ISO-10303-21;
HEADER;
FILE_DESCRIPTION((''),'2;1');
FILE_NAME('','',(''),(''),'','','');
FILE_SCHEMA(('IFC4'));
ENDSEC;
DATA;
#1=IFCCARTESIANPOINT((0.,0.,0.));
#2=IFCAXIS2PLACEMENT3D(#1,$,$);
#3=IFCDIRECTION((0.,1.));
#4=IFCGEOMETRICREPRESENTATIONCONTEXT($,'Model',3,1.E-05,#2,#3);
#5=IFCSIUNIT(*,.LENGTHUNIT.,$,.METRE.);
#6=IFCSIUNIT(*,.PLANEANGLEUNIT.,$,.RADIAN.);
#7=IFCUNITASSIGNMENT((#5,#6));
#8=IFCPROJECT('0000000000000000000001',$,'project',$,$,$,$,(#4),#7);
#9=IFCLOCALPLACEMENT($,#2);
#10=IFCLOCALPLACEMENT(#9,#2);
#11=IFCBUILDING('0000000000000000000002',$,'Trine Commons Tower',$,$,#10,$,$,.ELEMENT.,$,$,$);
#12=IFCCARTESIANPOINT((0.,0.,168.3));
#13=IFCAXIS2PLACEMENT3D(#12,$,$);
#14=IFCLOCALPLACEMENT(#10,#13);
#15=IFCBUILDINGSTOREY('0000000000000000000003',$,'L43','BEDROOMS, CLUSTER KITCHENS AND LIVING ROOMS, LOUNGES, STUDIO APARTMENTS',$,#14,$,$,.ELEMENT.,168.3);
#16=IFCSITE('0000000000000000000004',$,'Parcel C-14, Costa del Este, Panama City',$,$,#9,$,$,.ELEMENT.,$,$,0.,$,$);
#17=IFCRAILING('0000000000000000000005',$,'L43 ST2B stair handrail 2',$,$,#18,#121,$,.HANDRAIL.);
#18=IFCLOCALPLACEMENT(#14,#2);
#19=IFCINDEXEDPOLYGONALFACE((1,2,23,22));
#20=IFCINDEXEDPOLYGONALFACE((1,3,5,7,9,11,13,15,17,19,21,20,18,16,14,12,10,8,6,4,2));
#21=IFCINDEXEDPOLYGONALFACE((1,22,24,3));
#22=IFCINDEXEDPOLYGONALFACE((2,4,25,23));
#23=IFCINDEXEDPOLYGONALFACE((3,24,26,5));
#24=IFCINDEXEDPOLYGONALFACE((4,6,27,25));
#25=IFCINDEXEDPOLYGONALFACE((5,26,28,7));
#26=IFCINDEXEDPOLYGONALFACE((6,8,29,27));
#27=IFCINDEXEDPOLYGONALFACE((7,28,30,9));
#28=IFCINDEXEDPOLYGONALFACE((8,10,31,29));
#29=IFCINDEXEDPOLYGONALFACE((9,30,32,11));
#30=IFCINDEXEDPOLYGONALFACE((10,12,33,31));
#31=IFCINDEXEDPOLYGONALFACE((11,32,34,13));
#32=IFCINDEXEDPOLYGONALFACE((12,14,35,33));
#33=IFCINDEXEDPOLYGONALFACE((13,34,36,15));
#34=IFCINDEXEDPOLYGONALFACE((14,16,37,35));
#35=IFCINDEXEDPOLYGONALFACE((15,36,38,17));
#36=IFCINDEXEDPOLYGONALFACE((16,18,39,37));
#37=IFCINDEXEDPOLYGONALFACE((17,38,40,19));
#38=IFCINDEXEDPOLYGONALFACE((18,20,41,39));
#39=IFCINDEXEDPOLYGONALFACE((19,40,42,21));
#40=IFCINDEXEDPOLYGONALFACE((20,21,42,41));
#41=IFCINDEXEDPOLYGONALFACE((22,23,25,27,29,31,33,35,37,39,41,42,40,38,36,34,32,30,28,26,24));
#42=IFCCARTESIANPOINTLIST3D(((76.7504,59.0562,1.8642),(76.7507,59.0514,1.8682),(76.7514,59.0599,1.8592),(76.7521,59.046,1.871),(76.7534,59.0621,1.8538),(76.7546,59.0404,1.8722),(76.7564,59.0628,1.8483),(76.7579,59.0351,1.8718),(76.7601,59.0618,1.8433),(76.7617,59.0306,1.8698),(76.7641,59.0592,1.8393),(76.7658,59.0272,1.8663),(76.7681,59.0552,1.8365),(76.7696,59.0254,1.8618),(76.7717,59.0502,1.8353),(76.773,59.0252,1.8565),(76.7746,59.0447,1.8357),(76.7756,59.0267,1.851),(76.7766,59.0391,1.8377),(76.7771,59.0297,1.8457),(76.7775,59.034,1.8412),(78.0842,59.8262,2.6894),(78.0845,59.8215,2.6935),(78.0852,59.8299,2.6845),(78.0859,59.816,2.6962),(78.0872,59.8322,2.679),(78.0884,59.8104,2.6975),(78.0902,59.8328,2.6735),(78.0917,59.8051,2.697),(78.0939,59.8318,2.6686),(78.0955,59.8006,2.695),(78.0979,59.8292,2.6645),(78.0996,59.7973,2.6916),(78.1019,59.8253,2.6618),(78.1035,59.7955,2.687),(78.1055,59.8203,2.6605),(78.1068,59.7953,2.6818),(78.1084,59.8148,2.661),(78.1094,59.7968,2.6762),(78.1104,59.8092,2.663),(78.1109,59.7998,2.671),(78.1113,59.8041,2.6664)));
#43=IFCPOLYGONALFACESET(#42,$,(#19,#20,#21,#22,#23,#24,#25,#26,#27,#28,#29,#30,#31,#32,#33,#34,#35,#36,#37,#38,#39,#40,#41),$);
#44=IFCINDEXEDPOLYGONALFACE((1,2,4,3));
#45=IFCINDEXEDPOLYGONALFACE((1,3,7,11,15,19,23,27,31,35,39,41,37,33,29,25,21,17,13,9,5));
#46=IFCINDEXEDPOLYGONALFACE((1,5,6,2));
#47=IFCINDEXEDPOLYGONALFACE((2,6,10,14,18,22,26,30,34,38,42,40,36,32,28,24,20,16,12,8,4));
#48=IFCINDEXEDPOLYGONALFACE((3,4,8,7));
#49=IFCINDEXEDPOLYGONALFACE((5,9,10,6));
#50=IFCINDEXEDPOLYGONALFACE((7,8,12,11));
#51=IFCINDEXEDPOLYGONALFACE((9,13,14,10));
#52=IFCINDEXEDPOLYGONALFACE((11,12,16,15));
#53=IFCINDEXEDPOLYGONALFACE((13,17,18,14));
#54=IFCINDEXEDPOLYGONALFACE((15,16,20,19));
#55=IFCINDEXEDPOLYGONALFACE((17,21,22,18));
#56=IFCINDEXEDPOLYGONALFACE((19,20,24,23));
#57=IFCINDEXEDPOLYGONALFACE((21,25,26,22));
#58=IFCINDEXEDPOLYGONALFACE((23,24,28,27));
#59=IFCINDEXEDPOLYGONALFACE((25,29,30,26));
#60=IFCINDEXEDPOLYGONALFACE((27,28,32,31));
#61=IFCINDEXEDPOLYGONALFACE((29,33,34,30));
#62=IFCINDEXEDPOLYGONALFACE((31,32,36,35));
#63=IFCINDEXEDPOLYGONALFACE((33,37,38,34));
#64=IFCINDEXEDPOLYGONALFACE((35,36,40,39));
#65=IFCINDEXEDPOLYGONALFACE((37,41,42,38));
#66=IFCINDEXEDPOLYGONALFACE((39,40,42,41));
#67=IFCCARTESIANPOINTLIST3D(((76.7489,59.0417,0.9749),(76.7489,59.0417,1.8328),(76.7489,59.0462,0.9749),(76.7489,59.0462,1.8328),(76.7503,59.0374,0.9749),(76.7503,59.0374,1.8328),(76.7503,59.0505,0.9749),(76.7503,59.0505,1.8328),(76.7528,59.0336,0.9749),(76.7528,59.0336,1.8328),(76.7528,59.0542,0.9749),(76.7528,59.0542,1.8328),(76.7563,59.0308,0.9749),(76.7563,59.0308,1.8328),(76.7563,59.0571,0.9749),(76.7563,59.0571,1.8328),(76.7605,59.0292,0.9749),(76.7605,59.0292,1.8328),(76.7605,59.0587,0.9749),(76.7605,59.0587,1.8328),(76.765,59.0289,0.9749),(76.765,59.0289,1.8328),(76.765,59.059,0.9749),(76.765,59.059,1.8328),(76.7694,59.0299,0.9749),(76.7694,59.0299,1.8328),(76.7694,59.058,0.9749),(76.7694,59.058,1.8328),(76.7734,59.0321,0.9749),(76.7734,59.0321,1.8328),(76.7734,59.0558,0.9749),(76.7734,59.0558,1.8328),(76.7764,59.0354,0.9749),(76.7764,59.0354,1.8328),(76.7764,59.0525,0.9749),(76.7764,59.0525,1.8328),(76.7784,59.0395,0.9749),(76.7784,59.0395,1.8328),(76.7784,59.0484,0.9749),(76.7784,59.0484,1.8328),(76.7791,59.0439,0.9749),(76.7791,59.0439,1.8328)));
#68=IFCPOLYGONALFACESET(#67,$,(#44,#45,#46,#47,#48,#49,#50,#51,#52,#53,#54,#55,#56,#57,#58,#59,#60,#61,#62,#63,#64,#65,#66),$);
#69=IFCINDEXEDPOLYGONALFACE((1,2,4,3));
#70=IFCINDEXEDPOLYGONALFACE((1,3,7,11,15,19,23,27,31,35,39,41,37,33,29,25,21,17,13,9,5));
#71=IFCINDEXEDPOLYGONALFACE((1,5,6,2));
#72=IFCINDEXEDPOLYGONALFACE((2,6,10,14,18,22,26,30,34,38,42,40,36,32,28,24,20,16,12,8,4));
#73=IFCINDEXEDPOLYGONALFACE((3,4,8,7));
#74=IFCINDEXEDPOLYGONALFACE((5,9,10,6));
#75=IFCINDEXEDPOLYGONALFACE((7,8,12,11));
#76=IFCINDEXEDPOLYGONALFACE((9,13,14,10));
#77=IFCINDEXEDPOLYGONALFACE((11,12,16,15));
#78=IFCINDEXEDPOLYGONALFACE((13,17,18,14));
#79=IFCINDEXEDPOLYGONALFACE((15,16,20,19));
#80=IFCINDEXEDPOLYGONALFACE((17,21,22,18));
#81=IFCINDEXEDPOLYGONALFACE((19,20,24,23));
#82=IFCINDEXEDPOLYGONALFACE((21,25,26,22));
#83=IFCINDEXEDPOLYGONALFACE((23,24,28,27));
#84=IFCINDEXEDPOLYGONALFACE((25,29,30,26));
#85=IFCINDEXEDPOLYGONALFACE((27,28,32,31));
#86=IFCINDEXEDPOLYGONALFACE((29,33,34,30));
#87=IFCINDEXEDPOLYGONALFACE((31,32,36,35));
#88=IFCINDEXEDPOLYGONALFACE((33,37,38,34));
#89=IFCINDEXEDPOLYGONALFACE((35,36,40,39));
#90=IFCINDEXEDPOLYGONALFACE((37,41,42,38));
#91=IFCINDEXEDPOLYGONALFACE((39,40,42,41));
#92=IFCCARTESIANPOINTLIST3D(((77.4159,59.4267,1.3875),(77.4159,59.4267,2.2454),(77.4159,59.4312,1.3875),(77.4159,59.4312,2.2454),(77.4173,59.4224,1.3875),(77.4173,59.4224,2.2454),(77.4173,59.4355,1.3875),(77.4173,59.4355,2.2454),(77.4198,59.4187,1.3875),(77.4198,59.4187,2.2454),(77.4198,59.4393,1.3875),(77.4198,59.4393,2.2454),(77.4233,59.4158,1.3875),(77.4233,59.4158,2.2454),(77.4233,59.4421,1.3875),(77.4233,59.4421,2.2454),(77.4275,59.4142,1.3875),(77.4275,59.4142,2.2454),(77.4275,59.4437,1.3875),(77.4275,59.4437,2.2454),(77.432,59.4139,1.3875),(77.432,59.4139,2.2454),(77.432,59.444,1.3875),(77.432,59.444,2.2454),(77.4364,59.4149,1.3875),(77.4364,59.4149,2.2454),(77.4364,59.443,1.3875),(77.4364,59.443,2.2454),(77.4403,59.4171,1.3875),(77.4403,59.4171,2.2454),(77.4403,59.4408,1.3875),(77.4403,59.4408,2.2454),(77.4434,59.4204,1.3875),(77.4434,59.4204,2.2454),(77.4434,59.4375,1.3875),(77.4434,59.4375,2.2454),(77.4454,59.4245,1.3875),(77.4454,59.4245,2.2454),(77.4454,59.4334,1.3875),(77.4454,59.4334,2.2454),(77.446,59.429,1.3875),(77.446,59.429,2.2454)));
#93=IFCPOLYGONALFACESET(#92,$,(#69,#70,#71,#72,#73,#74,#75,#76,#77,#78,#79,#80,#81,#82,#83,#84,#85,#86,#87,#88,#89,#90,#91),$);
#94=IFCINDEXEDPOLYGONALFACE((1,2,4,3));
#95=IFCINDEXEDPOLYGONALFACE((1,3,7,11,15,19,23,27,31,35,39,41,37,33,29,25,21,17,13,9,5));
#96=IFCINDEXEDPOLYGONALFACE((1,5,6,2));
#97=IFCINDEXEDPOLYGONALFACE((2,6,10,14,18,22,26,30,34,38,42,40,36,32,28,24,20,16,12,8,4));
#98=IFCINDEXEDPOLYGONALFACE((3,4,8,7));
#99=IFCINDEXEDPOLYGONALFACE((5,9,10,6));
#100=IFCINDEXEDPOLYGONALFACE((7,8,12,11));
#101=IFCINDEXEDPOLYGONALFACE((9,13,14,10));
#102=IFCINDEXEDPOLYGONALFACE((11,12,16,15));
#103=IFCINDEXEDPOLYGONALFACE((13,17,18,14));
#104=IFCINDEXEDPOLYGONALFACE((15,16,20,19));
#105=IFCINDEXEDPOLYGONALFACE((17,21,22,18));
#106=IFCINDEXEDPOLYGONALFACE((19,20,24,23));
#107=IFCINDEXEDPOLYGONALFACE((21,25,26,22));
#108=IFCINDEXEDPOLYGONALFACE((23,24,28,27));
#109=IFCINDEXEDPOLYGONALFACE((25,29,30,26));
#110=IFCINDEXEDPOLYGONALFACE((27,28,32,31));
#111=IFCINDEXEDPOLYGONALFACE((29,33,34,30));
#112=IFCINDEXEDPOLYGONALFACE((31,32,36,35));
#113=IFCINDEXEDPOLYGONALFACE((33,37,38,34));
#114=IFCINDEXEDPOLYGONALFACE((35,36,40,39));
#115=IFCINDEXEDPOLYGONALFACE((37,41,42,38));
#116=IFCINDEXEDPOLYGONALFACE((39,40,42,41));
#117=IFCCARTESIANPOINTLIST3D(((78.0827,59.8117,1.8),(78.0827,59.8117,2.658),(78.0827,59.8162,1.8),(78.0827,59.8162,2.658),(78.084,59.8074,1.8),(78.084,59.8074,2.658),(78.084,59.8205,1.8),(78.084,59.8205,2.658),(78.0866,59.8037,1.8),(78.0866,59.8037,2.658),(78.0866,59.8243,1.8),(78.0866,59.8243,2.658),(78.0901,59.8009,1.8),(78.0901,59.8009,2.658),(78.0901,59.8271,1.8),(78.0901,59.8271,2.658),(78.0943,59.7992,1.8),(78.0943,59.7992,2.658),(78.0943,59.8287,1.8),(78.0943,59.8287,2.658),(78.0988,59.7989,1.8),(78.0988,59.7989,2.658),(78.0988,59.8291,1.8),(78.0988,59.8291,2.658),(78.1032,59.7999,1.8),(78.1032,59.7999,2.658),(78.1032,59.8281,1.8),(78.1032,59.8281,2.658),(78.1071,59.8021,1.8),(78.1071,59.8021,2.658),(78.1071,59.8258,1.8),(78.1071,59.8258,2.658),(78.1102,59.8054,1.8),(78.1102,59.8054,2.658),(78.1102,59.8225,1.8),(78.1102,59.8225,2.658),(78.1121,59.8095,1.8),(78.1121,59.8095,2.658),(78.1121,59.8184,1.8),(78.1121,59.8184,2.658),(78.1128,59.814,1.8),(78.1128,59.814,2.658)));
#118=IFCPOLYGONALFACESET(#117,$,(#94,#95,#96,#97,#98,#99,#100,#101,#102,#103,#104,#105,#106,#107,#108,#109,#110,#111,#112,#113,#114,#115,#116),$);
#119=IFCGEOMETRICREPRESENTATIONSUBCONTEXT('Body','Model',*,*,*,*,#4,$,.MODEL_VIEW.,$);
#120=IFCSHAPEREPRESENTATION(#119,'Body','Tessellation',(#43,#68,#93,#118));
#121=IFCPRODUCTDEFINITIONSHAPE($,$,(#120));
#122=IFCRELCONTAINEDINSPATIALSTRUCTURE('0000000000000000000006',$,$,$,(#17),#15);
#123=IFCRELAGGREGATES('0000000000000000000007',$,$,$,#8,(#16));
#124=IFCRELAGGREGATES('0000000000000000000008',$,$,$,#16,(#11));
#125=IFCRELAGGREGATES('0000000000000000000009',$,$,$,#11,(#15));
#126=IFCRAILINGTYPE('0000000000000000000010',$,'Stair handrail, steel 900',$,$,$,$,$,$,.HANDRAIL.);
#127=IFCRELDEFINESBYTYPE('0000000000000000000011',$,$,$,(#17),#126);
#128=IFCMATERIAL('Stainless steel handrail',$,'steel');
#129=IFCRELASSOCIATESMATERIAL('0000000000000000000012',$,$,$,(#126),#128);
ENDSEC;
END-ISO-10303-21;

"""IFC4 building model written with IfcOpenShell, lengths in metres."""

from ifc_helpers import new_model, si_unit, direction, frame, origin, origin_2d, place, context, subcontext, project, spatial, circle, extrude, material, type_object, element, save


model = new_model("IFC4")

# Units and contexts
model_context = context("Model", 3, precision=1e-05, world=origin(), true_north=direction((0.0, 1.0)))
body_context = subcontext(model_context, "Body", "Model", "MODEL_VIEW")
ifc_project = project(units=[si_unit("LENGTHUNIT", "METRE"), si_unit("PLANEANGLEUNIT", "RADIAN")], contexts=[model_context])

# Site, building, storey
site_placement = place(None, origin())
site = spatial("IfcSite", under=ifc_project, at=site_placement, Name="Parcel C-14, Costa del Este, Panama City", CompositionType="ELEMENT", RefElevation=0.0)
building_placement = place(site_placement, origin())
building = spatial("IfcBuilding", under=site, at=building_placement, Name="Trine Commons Tower", CompositionType="ELEMENT")
storey_placement = place(building_placement, frame((0.0, 0.0, 168.3)))
storey = spatial("IfcBuildingStorey", under=building, at=storey_placement, Name="L43", Description="BEDROOMS, CLUSTER KITCHENS AND LIVING ROOMS, LOUNGES, STUDIO APARTMENTS", CompositionType="ELEMENT", Elevation=168.3)

# Railing
ifc_material_1 = material(Name="Stainless steel handrail", Category="steel")
railing_type_1 = type_object("IfcRailingType", Name="Stair handrail, steel 900", PredefinedType="HANDRAIL", material=ifc_material_1)
railing_1_placement = place(storey_placement, frame((76.7639, 59.0439, 0.9749)))
element("IfcRailing", 1, at=railing_1_placement, inside=storey, type_object=railing_type_1, Name="L43 ST2B stair handrail 2", PredefinedType="HANDRAIL", context=body_context, shape_type="SweptSolid", body=[
    extrude(circle(Radius=0.021, at=origin_2d()), frame((0.0, 0.0, 0.8789), z_axis=(0.763355, 0.440714, 0.472293), x_axis=(-0.499992, 0.86603, 0.0)), (0.0, 0.0, 1.0), 1.7473),
    extrude(circle(Radius=0.0151, at=origin_2d()), origin(), (0.0, 0.0, 1.0), 0.8579),
    extrude(circle(Radius=0.0151, at=origin_2d()), frame((0.667, 0.385, 0.4126)), (0.0, 0.0, 1.0), 0.8579),
    extrude(circle(Radius=0.0151, at=origin_2d()), frame((1.3337, 0.77, 0.8252)), (0.0, 0.0, 1.0), 0.8579),
])

save(model, "model.ifc")
